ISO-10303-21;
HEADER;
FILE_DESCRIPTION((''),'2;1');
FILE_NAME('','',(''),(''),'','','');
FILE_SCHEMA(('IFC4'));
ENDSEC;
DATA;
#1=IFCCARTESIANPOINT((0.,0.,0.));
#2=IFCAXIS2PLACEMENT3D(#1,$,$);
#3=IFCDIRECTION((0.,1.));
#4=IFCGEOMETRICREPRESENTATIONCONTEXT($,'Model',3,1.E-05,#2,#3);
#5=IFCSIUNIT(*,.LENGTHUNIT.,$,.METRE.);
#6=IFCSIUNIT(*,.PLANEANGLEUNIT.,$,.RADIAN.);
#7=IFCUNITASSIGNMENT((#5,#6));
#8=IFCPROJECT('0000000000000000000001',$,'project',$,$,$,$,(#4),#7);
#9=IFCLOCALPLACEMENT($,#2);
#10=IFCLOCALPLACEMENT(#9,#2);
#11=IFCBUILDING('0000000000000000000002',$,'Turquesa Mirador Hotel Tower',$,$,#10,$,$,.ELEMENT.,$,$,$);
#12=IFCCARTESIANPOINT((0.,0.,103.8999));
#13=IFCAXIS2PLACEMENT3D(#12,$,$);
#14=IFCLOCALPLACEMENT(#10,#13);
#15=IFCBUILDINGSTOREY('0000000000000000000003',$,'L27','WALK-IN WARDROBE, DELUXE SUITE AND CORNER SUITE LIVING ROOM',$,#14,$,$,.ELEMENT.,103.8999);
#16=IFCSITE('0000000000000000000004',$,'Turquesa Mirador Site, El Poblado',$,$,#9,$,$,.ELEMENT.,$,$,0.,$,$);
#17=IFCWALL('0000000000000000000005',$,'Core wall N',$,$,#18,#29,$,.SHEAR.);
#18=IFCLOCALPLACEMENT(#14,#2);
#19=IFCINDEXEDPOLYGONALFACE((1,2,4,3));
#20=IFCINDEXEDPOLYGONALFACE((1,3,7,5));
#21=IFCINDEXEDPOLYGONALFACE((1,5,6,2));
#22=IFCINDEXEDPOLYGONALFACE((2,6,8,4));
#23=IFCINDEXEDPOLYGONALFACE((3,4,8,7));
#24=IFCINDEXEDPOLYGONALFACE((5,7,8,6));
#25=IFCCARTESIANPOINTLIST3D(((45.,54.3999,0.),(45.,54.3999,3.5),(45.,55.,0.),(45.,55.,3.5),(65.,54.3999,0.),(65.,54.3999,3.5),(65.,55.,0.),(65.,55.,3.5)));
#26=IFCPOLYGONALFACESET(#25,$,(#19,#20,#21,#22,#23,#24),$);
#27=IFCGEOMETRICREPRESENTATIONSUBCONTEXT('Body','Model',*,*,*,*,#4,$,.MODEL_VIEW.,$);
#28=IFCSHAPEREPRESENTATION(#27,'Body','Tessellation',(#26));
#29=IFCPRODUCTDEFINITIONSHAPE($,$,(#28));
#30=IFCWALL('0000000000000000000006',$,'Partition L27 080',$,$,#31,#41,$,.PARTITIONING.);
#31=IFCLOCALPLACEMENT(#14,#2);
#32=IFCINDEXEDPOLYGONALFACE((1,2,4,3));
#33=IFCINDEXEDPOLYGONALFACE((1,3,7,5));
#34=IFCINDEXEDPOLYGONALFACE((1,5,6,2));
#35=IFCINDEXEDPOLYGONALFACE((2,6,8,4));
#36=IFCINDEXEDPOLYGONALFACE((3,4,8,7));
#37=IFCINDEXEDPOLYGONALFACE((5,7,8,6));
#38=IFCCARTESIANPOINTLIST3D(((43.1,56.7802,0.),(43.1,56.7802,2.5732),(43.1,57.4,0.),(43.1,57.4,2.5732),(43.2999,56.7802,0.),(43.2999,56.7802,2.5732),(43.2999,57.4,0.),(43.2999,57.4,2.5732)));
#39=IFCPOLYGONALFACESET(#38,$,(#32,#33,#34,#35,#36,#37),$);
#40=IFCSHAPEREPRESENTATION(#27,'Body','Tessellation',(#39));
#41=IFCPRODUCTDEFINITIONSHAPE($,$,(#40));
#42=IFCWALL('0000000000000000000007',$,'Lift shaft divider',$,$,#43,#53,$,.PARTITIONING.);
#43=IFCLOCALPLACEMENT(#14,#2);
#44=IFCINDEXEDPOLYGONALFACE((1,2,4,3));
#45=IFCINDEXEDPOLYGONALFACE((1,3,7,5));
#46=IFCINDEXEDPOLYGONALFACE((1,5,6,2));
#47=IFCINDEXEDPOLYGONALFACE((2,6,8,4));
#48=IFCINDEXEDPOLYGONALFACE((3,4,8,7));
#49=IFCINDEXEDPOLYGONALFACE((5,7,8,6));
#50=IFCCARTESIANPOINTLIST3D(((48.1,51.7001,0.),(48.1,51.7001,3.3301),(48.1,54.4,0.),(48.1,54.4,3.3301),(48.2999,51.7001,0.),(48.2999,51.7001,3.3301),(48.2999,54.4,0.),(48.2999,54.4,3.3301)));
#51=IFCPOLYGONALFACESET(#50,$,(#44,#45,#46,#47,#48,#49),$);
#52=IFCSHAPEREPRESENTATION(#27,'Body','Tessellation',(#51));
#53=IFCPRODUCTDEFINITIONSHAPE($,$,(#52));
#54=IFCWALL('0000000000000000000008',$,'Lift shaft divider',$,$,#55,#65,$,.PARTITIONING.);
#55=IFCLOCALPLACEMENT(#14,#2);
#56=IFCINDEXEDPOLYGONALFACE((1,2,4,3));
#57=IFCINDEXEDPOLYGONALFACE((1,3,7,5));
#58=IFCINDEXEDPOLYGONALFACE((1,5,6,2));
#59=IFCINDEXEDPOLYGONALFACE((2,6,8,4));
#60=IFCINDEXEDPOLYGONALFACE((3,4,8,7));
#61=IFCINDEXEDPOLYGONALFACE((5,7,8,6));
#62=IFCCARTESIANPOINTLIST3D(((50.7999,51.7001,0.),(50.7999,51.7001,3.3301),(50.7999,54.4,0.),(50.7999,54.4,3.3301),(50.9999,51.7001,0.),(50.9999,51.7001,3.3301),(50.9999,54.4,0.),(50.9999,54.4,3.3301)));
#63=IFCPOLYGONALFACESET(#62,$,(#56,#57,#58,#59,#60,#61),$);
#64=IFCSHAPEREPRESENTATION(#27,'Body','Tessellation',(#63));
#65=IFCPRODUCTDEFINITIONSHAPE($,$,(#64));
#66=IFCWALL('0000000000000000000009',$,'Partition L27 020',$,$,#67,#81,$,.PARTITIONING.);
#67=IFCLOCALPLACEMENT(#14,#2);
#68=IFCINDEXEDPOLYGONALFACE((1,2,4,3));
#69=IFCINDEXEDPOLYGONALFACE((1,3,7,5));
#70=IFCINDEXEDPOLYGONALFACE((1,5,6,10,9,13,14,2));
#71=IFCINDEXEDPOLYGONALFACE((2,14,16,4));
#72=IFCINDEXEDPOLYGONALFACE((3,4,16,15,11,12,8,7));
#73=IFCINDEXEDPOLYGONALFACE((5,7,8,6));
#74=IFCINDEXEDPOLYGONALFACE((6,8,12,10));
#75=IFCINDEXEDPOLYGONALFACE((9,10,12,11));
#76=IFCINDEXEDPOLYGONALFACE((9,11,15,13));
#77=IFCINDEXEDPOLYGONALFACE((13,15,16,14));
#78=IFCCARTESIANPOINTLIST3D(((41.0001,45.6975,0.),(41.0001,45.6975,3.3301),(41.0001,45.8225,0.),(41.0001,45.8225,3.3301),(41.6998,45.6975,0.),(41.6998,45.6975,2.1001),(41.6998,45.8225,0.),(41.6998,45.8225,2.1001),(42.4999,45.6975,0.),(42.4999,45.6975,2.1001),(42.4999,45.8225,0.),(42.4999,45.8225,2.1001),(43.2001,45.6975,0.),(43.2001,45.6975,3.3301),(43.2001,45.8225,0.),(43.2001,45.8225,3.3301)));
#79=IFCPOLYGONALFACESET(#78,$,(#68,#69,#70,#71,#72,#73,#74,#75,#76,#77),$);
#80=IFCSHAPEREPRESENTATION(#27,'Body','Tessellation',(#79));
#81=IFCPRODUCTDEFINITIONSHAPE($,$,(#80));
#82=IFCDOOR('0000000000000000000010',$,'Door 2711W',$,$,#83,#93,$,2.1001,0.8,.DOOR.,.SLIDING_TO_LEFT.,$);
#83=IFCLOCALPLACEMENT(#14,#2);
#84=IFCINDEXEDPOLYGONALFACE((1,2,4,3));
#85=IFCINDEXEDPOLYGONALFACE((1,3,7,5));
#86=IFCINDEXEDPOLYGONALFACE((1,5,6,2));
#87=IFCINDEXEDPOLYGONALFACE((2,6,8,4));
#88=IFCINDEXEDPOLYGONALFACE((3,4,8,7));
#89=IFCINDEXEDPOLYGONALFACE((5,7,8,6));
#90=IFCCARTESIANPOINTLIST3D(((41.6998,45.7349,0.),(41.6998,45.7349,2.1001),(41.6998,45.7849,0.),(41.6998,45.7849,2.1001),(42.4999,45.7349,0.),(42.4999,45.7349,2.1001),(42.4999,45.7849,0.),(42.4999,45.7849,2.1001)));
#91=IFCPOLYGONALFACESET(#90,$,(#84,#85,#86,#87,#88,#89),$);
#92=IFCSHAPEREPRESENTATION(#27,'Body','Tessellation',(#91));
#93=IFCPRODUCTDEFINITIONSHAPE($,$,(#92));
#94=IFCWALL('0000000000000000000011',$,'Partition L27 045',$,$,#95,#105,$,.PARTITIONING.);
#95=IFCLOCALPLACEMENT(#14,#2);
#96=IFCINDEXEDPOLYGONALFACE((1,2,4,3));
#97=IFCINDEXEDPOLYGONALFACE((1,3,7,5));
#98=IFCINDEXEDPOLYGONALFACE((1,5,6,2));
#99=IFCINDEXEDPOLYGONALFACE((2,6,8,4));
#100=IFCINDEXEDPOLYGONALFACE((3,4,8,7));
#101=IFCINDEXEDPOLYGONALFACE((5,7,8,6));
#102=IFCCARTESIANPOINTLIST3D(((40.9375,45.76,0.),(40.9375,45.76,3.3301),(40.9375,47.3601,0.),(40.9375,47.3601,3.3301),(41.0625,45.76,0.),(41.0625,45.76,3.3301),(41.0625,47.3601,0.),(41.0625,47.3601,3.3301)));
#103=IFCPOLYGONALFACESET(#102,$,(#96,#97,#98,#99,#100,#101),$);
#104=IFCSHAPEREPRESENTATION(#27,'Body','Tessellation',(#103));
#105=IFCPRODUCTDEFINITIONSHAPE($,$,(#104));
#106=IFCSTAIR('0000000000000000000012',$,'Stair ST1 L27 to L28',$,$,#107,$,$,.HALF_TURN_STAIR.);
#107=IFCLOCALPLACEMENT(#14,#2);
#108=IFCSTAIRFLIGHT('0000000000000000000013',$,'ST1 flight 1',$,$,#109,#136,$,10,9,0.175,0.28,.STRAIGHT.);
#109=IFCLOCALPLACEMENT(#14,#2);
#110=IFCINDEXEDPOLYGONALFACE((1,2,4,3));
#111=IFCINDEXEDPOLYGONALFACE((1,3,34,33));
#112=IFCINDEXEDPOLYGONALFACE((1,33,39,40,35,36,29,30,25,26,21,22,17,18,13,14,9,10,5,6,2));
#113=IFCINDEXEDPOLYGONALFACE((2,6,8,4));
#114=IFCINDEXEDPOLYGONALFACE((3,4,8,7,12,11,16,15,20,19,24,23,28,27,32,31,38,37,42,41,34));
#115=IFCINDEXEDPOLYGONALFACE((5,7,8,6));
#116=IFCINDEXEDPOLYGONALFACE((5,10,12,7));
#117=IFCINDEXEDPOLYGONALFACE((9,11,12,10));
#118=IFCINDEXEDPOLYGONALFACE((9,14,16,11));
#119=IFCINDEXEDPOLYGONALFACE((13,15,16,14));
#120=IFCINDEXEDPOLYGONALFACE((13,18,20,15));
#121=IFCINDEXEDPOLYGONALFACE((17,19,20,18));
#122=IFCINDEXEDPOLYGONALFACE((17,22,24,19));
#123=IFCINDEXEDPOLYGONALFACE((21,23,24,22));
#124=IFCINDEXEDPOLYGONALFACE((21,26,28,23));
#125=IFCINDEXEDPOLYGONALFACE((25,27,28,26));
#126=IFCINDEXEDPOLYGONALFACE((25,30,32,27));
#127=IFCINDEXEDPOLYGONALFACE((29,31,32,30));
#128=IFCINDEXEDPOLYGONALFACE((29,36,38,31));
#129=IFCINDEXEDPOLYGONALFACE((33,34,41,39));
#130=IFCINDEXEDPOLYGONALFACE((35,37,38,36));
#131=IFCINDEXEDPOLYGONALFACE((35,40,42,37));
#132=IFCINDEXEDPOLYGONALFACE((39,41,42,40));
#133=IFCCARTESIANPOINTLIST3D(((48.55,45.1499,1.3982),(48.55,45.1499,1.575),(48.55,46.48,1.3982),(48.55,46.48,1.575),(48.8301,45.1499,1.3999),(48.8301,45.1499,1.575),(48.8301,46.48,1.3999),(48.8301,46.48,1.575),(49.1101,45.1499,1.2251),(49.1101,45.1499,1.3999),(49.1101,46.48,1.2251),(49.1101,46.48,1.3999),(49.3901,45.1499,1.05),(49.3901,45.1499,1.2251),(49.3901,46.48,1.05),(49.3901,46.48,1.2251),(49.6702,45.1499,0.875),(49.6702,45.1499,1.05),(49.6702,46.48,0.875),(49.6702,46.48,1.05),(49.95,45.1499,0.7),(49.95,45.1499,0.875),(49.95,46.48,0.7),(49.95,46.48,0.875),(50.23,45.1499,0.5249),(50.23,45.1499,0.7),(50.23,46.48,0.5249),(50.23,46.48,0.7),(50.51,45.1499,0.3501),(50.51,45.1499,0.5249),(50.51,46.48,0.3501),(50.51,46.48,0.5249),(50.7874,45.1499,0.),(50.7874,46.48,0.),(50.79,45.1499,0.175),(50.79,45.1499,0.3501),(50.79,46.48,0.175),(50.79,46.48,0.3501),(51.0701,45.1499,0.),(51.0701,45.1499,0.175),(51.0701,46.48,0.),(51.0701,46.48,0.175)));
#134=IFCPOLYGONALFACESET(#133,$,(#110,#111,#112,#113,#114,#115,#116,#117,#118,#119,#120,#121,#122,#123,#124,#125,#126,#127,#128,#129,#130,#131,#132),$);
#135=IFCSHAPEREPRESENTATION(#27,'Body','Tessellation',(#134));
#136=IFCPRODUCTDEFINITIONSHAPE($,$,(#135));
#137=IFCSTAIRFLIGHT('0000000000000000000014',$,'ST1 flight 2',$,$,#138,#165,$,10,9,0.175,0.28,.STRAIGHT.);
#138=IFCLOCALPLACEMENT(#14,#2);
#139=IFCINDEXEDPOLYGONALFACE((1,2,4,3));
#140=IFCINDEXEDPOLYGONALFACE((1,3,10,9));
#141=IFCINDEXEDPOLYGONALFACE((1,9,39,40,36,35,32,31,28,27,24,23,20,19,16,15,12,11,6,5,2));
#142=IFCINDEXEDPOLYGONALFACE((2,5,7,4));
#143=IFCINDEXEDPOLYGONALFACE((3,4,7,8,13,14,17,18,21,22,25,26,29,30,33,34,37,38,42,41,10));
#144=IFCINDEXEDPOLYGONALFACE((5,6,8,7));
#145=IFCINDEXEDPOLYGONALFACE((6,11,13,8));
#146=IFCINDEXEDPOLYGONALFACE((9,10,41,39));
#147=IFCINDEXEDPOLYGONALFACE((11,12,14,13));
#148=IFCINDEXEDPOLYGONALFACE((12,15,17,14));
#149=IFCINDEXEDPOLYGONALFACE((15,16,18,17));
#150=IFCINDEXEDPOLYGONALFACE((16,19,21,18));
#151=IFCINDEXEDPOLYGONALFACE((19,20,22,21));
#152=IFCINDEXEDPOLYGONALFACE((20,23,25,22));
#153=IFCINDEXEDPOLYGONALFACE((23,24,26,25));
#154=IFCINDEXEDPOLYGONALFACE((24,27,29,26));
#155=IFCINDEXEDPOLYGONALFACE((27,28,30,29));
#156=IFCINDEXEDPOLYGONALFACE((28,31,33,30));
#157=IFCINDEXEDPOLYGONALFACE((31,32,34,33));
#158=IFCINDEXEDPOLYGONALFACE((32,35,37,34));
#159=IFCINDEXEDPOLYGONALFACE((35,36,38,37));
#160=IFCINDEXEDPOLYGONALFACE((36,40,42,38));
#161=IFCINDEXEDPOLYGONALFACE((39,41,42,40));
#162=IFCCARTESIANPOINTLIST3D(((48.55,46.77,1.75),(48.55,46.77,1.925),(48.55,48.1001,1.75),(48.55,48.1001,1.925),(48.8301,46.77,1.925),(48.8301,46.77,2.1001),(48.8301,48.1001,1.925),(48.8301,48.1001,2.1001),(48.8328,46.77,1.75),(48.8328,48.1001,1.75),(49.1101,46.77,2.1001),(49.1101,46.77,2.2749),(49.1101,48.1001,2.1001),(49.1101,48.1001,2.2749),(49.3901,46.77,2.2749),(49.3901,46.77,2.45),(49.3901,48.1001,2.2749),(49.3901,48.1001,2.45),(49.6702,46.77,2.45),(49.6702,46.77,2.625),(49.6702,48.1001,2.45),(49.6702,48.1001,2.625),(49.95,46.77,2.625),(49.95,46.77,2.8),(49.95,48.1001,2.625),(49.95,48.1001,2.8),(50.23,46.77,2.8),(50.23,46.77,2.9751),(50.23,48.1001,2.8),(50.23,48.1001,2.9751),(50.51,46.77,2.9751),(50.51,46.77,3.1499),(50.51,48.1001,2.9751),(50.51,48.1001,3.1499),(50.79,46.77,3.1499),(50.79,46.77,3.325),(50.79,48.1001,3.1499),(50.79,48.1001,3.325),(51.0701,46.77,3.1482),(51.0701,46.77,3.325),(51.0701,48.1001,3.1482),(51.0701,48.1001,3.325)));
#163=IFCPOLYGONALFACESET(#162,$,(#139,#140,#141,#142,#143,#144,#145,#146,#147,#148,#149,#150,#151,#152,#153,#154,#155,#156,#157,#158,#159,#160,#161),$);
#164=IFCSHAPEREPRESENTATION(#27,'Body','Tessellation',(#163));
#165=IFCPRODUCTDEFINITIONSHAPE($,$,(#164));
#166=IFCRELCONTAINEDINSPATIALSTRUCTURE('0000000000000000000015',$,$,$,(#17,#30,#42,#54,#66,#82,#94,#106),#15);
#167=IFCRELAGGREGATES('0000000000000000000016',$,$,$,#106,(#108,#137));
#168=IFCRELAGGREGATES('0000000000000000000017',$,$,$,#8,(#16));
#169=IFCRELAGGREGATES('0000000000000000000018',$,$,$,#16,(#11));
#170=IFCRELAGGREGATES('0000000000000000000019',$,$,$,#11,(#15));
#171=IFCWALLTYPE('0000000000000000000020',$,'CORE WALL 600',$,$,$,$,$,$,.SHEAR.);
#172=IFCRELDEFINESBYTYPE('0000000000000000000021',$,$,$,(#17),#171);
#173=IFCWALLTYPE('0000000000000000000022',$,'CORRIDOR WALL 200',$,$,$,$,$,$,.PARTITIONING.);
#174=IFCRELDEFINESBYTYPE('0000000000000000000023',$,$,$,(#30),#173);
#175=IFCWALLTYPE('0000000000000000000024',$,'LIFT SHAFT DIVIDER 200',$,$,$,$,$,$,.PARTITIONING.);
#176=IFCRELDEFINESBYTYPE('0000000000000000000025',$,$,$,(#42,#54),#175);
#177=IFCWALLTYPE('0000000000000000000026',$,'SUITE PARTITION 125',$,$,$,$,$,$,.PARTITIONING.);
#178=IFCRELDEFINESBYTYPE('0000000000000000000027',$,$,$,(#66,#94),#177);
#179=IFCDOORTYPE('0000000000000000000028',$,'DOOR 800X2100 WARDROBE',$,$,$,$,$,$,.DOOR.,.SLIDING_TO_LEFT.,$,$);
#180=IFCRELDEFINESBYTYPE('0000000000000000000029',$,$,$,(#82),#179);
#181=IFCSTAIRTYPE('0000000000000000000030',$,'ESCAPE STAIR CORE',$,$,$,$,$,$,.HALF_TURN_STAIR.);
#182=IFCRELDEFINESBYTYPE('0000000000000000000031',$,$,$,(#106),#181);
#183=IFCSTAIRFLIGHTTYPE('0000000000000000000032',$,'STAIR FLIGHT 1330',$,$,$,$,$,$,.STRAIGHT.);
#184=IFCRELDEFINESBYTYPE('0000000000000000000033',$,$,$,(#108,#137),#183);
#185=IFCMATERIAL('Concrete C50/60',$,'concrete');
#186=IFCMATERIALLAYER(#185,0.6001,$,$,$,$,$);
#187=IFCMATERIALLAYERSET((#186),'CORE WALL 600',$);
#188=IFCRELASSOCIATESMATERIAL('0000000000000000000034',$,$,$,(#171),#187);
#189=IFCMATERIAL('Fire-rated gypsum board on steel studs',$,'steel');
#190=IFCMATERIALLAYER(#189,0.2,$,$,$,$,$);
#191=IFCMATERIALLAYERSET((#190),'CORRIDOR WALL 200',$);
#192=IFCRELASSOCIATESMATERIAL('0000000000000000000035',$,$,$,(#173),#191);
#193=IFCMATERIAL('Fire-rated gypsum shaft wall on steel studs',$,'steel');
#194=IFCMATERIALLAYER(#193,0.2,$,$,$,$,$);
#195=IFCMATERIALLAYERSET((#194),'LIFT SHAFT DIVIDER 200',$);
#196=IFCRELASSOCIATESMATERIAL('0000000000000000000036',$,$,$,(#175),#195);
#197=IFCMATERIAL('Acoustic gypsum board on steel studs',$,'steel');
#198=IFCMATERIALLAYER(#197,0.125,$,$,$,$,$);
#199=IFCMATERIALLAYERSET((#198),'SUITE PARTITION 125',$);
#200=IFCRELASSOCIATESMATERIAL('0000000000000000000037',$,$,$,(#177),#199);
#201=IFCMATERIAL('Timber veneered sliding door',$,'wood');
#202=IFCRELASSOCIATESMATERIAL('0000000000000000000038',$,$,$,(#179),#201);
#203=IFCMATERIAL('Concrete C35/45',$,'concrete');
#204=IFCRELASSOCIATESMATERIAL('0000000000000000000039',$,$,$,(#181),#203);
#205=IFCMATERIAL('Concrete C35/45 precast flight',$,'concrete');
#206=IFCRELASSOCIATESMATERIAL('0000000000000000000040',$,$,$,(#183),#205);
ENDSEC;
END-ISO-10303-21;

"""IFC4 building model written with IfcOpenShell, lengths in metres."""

from ifc_helpers import new_model, si_unit, direction, frame, frame_2d, origin, place, context, subcontext, project, spatial, polyline, rectangle, outline, extrude, material, layer, layer_set, type_object, element, fill, aggregate, save


model = new_model("IFC4")

# Units and contexts
model_context = context("Model", 3, precision=1e-05, world=origin(), true_north=direction((0.0, 1.0)))
body_context = subcontext(model_context, "Body", "Model", "MODEL_VIEW")
ifc_project = project(units=[si_unit("LENGTHUNIT", "METRE"), si_unit("PLANEANGLEUNIT", "RADIAN")], contexts=[model_context])

# Site, building, storey
site_placement = place(None, origin())
site = spatial("IfcSite", under=ifc_project, at=site_placement, Name="Turquesa Mirador Site, El Poblado", CompositionType="ELEMENT", RefElevation=0.0)
building_placement = place(site_placement, origin())
building = spatial("IfcBuilding", under=site, at=building_placement, Name="Turquesa Mirador Hotel Tower", CompositionType="ELEMENT")
storey_placement = place(building_placement, frame((0.0, 0.0, 103.8999)))
storey = spatial("IfcBuildingStorey", under=building, at=storey_placement, Name="L27", Description="WALK-IN WARDROBE, DELUXE SUITE AND CORNER SUITE LIVING ROOM", CompositionType="ELEMENT", Elevation=103.8999)

# Walls
ifc_material_1 = material(Name="Concrete C50/60", Category="concrete")
ifc_layer_1 = layer(ifc_material_1, 0.6001)
ifc_layer_set_1 = layer_set([ifc_layer_1], Name="CORE WALL 600")
wall_type_1 = type_object("IfcWallType", Name="CORE WALL 600", PredefinedType="SHEAR", material=ifc_layer_set_1)
wall_1_placement = place(storey_placement, frame((45.0, 54.7, 0.0), z_axis=(0.0, 0.0, 1.0), x_axis=(1.0, 0.0, 0.0)))
element("IfcWall", 1, at=wall_1_placement, inside=storey, type_object=wall_type_1, Name="Core wall N", PredefinedType="SHEAR", context=body_context, shape_type="SweptSolid", body=[
    extrude(rectangle(XDim=20.0, YDim=0.6001, at=frame_2d((10.0, 0.0))), origin(), (0.0, 0.0, 1.0), 3.5),
])
ifc_material_2 = material(Name="Fire-rated gypsum board on steel studs", Category="steel")
ifc_layer_2 = layer(ifc_material_2, 0.2)
ifc_layer_set_2 = layer_set([ifc_layer_2], Name="CORRIDOR WALL 200")
wall_type_2 = type_object("IfcWallType", Name="CORRIDOR WALL 200", PredefinedType="PARTITIONING", material=ifc_layer_set_2)
wall_2_placement = place(storey_placement, frame((43.2, 56.78, 0.0), z_axis=(0.0, 0.0, 1.0), x_axis=(0.0, 1.0, 0.0)))
element("IfcWall", 2, at=wall_2_placement, inside=storey, type_object=wall_type_2, Name="Partition L27 080", PredefinedType="PARTITIONING", context=body_context, shape_type="SweptSolid", body=[
    extrude(rectangle(XDim=0.6199, YDim=0.2, at=frame_2d((0.3101, 0.0))), origin(), (0.0, 0.0, 1.0), 2.5732),
])
ifc_material_3 = material(Name="Fire-rated gypsum shaft wall on steel studs", Category="steel")
ifc_layer_3 = layer(ifc_material_3, 0.2)
ifc_layer_set_3 = layer_set([ifc_layer_3], Name="LIFT SHAFT DIVIDER 200")
wall_type_3 = type_object("IfcWallType", Name="LIFT SHAFT DIVIDER 200", PredefinedType="PARTITIONING", material=ifc_layer_set_3)
for number, where, z_axis, x_axis, name in (
    (3, (48.2, 51.7, 0.0), (0.0, 0.0, 1.0), (0.0, 1.0, 0.0), "Lift shaft divider"),
    (4, (50.8999, 51.7, 0.0), (0.0, 0.0, 1.0), (0.0, 1.0, 0.0), "Lift shaft divider"),
):
    element("IfcWall", number, at=place(storey_placement, frame(where, z_axis=z_axis, x_axis=x_axis)), inside=storey, type_object=wall_type_3, Name=name, PredefinedType="PARTITIONING", context=body_context, shape_type="SweptSolid", body=[
        extrude(rectangle(XDim=2.7, YDim=0.2, at=frame_2d((1.3501, 0.0))), origin(), (0.0, 0.0, 1.0), 3.3301),
    ])

# Wall, opening, door
ifc_material_4 = material(Name="Acoustic gypsum board on steel studs", Category="steel")
ifc_layer_4 = layer(ifc_material_4, 0.125)
ifc_layer_set_4 = layer_set([ifc_layer_4], Name="SUITE PARTITION 125")
wall_type_4 = type_object("IfcWallType", Name="SUITE PARTITION 125", PredefinedType="PARTITIONING", material=ifc_layer_set_4)
wall_3_placement = place(storey_placement, frame((41.0, 45.76, 0.0), z_axis=(0.0, 0.0, 1.0), x_axis=(1.0, 0.0, 0.0)))
wall_3 = element("IfcWall", 5, at=wall_3_placement, inside=storey, type_object=wall_type_4, Name="Partition L27 020", PredefinedType="PARTITIONING", context=body_context, shape_type="SweptSolid", body=[
    extrude(rectangle(XDim=2.2, YDim=0.125, at=frame_2d((1.1001, 0.0))), origin(), (0.0, 0.0, 1.0), 3.3301),
])
opening_1_placement = place(wall_3_placement, frame((0.7, 0.0, 0.0)))
opening_1 = element("IfcOpeningElement", 6, at=opening_1_placement, cuts=wall_3, PredefinedType="OPENING", context=body_context, shape_type="SweptSolid", body=[
    extrude(rectangle(XDim=0.8, YDim=2.1001, at=frame_2d((0.3999, 1.05))), frame((0.0, 0.0725, 0.0), z_axis=(0.0, -1.0, 0.0), x_axis=(1.0, 0.0, 0.0)), (0.0, 0.0, 1.0), 0.145),
])
ifc_material_5 = material(Name="Timber veneered sliding door", Category="wood")
door_type_1 = type_object("IfcDoorType", Name="DOOR 800X2100 WARDROBE", OperationType="SLIDING_TO_LEFT", PredefinedType="DOOR", material=ifc_material_5)
door_1_placement = place(opening_1_placement, origin())
door_1 = element("IfcDoor", 7, at=door_1_placement, inside=storey, type_object=door_type_1, Name="Door 2711W", OperationType="SLIDING_TO_LEFT", OverallHeight=2.1001, OverallWidth=0.8, PredefinedType="DOOR", context=body_context, shape_type="SweptSolid", body=[
    extrude(rectangle(XDim=0.8, YDim=2.1001, at=frame_2d((0.3999, 1.05))), frame((0.0, 0.0249, 0.0), z_axis=(0.0, -1.0, 0.0), x_axis=(1.0, 0.0, 0.0)), (0.0, 0.0, 1.0), 0.05),
])
fill(opening_1, door_1)

# Wall
wall_4_placement = place(storey_placement, frame((41.0, 45.76, 0.0), z_axis=(0.0, 0.0, 1.0), x_axis=(0.0, 1.0, 0.0)))
element("IfcWall", 8, at=wall_4_placement, inside=storey, type_object=wall_type_4, Name="Partition L27 045", PredefinedType="PARTITIONING", context=body_context, shape_type="SweptSolid", body=[
    extrude(rectangle(XDim=1.6001, YDim=0.125, at=frame_2d((0.8, 0.0))), origin(), (0.0, 0.0, 1.0), 3.3301),
])

# Stair, stair flights
ifc_material_6 = material(Name="Concrete C35/45", Category="concrete")
stair_type = type_object("IfcStairType", Name="ESCAPE STAIR CORE", PredefinedType="HALF_TURN_STAIR", material=ifc_material_6)
stair_1_placement = place(storey_placement, origin())
stair_1 = element("IfcStair", 9, at=stair_1_placement, inside=storey, type_object=stair_type, Name="Stair ST1 L27 to L28", PredefinedType="HALF_TURN_STAIR")
ifc_material_7 = material(Name="Concrete C35/45 precast flight", Category="concrete")
stair_flight_type = type_object("IfcStairFlightType", Name="STAIR FLIGHT 1330", PredefinedType="STRAIGHT", material=ifc_material_7)
stair_flight_1_placement = place(storey_placement, frame((51.0701, 45.8149, 0.0), z_axis=(0.0, 0.0, 1.0), x_axis=(-1.0, 0.0, 0.0)))
stair_flight_1 = element("IfcStairFlight", 10, at=stair_flight_1_placement, type_object=stair_flight_type, Name="ST1 flight 1", NumberOfRisers=10, NumberOfTreads=9, PredefinedType="STRAIGHT", RiserHeight=0.175, TreadLength=0.28, context=body_context, shape_type="SweptSolid", body=[
    extrude(outline(polyline([(0.0, 0.0), (0.0, 0.175), (0.28, 0.175), (0.28, 0.3501), (0.5601, 0.3501), (0.5601, 0.5249), (0.8401, 0.5249), (0.8401, 0.7), (1.1201, 0.7), (1.1201, 0.875), (1.3999, 0.875), (1.3999, 1.05), (1.6799, 1.05), (1.6799, 1.2251), (1.96, 1.2251), (1.96, 1.3999), (2.24, 1.3999), (2.24, 1.575), (2.52, 1.575), (2.52, 1.75), (2.52, 1.3982), (0.2827, 0.0), (0.0, 0.0)])), frame((0.0, 0.665, 0.0), z_axis=(0.0, -1.0, 0.0), x_axis=(1.0, 0.0, 0.0)), (0.0, 0.0, 1.0), 1.3301),
])
stair_flight_2_placement = place(storey_placement, frame((48.55, 47.4351, 1.75), z_axis=(0.0, 0.0, 1.0), x_axis=(1.0, 0.0, 0.0)))
stair_flight_2 = element("IfcStairFlight", 11, at=stair_flight_2_placement, type_object=stair_flight_type, Name="ST1 flight 2", NumberOfRisers=10, NumberOfTreads=9, PredefinedType="STRAIGHT", RiserHeight=0.175, TreadLength=0.28, context=body_context, shape_type="SweptSolid", body=[
    extrude(outline(polyline([(0.0, 0.0), (0.0, 0.175), (0.28, 0.175), (0.28, 0.3501), (0.5601, 0.3501), (0.5601, 0.5249), (0.8401, 0.5249), (0.8401, 0.7), (1.1201, 0.7), (1.1201, 0.875), (1.3999, 0.875), (1.3999, 1.05), (1.6799, 1.05), (1.6799, 1.2251), (1.96, 1.2251), (1.96, 1.3999), (2.24, 1.3999), (2.24, 1.575), (2.52, 1.575), (2.52, 1.75), (2.52, 1.3982), (0.2827, 0.0), (0.0, 0.0)])), frame((0.0, 0.665, 0.0), z_axis=(0.0, -1.0, 0.0), x_axis=(1.0, 0.0, 0.0)), (0.0, 0.0, 1.0), 1.3301),
])
aggregate(stair_1, [stair_flight_1, stair_flight_2])

save(model, "model.ifc")
